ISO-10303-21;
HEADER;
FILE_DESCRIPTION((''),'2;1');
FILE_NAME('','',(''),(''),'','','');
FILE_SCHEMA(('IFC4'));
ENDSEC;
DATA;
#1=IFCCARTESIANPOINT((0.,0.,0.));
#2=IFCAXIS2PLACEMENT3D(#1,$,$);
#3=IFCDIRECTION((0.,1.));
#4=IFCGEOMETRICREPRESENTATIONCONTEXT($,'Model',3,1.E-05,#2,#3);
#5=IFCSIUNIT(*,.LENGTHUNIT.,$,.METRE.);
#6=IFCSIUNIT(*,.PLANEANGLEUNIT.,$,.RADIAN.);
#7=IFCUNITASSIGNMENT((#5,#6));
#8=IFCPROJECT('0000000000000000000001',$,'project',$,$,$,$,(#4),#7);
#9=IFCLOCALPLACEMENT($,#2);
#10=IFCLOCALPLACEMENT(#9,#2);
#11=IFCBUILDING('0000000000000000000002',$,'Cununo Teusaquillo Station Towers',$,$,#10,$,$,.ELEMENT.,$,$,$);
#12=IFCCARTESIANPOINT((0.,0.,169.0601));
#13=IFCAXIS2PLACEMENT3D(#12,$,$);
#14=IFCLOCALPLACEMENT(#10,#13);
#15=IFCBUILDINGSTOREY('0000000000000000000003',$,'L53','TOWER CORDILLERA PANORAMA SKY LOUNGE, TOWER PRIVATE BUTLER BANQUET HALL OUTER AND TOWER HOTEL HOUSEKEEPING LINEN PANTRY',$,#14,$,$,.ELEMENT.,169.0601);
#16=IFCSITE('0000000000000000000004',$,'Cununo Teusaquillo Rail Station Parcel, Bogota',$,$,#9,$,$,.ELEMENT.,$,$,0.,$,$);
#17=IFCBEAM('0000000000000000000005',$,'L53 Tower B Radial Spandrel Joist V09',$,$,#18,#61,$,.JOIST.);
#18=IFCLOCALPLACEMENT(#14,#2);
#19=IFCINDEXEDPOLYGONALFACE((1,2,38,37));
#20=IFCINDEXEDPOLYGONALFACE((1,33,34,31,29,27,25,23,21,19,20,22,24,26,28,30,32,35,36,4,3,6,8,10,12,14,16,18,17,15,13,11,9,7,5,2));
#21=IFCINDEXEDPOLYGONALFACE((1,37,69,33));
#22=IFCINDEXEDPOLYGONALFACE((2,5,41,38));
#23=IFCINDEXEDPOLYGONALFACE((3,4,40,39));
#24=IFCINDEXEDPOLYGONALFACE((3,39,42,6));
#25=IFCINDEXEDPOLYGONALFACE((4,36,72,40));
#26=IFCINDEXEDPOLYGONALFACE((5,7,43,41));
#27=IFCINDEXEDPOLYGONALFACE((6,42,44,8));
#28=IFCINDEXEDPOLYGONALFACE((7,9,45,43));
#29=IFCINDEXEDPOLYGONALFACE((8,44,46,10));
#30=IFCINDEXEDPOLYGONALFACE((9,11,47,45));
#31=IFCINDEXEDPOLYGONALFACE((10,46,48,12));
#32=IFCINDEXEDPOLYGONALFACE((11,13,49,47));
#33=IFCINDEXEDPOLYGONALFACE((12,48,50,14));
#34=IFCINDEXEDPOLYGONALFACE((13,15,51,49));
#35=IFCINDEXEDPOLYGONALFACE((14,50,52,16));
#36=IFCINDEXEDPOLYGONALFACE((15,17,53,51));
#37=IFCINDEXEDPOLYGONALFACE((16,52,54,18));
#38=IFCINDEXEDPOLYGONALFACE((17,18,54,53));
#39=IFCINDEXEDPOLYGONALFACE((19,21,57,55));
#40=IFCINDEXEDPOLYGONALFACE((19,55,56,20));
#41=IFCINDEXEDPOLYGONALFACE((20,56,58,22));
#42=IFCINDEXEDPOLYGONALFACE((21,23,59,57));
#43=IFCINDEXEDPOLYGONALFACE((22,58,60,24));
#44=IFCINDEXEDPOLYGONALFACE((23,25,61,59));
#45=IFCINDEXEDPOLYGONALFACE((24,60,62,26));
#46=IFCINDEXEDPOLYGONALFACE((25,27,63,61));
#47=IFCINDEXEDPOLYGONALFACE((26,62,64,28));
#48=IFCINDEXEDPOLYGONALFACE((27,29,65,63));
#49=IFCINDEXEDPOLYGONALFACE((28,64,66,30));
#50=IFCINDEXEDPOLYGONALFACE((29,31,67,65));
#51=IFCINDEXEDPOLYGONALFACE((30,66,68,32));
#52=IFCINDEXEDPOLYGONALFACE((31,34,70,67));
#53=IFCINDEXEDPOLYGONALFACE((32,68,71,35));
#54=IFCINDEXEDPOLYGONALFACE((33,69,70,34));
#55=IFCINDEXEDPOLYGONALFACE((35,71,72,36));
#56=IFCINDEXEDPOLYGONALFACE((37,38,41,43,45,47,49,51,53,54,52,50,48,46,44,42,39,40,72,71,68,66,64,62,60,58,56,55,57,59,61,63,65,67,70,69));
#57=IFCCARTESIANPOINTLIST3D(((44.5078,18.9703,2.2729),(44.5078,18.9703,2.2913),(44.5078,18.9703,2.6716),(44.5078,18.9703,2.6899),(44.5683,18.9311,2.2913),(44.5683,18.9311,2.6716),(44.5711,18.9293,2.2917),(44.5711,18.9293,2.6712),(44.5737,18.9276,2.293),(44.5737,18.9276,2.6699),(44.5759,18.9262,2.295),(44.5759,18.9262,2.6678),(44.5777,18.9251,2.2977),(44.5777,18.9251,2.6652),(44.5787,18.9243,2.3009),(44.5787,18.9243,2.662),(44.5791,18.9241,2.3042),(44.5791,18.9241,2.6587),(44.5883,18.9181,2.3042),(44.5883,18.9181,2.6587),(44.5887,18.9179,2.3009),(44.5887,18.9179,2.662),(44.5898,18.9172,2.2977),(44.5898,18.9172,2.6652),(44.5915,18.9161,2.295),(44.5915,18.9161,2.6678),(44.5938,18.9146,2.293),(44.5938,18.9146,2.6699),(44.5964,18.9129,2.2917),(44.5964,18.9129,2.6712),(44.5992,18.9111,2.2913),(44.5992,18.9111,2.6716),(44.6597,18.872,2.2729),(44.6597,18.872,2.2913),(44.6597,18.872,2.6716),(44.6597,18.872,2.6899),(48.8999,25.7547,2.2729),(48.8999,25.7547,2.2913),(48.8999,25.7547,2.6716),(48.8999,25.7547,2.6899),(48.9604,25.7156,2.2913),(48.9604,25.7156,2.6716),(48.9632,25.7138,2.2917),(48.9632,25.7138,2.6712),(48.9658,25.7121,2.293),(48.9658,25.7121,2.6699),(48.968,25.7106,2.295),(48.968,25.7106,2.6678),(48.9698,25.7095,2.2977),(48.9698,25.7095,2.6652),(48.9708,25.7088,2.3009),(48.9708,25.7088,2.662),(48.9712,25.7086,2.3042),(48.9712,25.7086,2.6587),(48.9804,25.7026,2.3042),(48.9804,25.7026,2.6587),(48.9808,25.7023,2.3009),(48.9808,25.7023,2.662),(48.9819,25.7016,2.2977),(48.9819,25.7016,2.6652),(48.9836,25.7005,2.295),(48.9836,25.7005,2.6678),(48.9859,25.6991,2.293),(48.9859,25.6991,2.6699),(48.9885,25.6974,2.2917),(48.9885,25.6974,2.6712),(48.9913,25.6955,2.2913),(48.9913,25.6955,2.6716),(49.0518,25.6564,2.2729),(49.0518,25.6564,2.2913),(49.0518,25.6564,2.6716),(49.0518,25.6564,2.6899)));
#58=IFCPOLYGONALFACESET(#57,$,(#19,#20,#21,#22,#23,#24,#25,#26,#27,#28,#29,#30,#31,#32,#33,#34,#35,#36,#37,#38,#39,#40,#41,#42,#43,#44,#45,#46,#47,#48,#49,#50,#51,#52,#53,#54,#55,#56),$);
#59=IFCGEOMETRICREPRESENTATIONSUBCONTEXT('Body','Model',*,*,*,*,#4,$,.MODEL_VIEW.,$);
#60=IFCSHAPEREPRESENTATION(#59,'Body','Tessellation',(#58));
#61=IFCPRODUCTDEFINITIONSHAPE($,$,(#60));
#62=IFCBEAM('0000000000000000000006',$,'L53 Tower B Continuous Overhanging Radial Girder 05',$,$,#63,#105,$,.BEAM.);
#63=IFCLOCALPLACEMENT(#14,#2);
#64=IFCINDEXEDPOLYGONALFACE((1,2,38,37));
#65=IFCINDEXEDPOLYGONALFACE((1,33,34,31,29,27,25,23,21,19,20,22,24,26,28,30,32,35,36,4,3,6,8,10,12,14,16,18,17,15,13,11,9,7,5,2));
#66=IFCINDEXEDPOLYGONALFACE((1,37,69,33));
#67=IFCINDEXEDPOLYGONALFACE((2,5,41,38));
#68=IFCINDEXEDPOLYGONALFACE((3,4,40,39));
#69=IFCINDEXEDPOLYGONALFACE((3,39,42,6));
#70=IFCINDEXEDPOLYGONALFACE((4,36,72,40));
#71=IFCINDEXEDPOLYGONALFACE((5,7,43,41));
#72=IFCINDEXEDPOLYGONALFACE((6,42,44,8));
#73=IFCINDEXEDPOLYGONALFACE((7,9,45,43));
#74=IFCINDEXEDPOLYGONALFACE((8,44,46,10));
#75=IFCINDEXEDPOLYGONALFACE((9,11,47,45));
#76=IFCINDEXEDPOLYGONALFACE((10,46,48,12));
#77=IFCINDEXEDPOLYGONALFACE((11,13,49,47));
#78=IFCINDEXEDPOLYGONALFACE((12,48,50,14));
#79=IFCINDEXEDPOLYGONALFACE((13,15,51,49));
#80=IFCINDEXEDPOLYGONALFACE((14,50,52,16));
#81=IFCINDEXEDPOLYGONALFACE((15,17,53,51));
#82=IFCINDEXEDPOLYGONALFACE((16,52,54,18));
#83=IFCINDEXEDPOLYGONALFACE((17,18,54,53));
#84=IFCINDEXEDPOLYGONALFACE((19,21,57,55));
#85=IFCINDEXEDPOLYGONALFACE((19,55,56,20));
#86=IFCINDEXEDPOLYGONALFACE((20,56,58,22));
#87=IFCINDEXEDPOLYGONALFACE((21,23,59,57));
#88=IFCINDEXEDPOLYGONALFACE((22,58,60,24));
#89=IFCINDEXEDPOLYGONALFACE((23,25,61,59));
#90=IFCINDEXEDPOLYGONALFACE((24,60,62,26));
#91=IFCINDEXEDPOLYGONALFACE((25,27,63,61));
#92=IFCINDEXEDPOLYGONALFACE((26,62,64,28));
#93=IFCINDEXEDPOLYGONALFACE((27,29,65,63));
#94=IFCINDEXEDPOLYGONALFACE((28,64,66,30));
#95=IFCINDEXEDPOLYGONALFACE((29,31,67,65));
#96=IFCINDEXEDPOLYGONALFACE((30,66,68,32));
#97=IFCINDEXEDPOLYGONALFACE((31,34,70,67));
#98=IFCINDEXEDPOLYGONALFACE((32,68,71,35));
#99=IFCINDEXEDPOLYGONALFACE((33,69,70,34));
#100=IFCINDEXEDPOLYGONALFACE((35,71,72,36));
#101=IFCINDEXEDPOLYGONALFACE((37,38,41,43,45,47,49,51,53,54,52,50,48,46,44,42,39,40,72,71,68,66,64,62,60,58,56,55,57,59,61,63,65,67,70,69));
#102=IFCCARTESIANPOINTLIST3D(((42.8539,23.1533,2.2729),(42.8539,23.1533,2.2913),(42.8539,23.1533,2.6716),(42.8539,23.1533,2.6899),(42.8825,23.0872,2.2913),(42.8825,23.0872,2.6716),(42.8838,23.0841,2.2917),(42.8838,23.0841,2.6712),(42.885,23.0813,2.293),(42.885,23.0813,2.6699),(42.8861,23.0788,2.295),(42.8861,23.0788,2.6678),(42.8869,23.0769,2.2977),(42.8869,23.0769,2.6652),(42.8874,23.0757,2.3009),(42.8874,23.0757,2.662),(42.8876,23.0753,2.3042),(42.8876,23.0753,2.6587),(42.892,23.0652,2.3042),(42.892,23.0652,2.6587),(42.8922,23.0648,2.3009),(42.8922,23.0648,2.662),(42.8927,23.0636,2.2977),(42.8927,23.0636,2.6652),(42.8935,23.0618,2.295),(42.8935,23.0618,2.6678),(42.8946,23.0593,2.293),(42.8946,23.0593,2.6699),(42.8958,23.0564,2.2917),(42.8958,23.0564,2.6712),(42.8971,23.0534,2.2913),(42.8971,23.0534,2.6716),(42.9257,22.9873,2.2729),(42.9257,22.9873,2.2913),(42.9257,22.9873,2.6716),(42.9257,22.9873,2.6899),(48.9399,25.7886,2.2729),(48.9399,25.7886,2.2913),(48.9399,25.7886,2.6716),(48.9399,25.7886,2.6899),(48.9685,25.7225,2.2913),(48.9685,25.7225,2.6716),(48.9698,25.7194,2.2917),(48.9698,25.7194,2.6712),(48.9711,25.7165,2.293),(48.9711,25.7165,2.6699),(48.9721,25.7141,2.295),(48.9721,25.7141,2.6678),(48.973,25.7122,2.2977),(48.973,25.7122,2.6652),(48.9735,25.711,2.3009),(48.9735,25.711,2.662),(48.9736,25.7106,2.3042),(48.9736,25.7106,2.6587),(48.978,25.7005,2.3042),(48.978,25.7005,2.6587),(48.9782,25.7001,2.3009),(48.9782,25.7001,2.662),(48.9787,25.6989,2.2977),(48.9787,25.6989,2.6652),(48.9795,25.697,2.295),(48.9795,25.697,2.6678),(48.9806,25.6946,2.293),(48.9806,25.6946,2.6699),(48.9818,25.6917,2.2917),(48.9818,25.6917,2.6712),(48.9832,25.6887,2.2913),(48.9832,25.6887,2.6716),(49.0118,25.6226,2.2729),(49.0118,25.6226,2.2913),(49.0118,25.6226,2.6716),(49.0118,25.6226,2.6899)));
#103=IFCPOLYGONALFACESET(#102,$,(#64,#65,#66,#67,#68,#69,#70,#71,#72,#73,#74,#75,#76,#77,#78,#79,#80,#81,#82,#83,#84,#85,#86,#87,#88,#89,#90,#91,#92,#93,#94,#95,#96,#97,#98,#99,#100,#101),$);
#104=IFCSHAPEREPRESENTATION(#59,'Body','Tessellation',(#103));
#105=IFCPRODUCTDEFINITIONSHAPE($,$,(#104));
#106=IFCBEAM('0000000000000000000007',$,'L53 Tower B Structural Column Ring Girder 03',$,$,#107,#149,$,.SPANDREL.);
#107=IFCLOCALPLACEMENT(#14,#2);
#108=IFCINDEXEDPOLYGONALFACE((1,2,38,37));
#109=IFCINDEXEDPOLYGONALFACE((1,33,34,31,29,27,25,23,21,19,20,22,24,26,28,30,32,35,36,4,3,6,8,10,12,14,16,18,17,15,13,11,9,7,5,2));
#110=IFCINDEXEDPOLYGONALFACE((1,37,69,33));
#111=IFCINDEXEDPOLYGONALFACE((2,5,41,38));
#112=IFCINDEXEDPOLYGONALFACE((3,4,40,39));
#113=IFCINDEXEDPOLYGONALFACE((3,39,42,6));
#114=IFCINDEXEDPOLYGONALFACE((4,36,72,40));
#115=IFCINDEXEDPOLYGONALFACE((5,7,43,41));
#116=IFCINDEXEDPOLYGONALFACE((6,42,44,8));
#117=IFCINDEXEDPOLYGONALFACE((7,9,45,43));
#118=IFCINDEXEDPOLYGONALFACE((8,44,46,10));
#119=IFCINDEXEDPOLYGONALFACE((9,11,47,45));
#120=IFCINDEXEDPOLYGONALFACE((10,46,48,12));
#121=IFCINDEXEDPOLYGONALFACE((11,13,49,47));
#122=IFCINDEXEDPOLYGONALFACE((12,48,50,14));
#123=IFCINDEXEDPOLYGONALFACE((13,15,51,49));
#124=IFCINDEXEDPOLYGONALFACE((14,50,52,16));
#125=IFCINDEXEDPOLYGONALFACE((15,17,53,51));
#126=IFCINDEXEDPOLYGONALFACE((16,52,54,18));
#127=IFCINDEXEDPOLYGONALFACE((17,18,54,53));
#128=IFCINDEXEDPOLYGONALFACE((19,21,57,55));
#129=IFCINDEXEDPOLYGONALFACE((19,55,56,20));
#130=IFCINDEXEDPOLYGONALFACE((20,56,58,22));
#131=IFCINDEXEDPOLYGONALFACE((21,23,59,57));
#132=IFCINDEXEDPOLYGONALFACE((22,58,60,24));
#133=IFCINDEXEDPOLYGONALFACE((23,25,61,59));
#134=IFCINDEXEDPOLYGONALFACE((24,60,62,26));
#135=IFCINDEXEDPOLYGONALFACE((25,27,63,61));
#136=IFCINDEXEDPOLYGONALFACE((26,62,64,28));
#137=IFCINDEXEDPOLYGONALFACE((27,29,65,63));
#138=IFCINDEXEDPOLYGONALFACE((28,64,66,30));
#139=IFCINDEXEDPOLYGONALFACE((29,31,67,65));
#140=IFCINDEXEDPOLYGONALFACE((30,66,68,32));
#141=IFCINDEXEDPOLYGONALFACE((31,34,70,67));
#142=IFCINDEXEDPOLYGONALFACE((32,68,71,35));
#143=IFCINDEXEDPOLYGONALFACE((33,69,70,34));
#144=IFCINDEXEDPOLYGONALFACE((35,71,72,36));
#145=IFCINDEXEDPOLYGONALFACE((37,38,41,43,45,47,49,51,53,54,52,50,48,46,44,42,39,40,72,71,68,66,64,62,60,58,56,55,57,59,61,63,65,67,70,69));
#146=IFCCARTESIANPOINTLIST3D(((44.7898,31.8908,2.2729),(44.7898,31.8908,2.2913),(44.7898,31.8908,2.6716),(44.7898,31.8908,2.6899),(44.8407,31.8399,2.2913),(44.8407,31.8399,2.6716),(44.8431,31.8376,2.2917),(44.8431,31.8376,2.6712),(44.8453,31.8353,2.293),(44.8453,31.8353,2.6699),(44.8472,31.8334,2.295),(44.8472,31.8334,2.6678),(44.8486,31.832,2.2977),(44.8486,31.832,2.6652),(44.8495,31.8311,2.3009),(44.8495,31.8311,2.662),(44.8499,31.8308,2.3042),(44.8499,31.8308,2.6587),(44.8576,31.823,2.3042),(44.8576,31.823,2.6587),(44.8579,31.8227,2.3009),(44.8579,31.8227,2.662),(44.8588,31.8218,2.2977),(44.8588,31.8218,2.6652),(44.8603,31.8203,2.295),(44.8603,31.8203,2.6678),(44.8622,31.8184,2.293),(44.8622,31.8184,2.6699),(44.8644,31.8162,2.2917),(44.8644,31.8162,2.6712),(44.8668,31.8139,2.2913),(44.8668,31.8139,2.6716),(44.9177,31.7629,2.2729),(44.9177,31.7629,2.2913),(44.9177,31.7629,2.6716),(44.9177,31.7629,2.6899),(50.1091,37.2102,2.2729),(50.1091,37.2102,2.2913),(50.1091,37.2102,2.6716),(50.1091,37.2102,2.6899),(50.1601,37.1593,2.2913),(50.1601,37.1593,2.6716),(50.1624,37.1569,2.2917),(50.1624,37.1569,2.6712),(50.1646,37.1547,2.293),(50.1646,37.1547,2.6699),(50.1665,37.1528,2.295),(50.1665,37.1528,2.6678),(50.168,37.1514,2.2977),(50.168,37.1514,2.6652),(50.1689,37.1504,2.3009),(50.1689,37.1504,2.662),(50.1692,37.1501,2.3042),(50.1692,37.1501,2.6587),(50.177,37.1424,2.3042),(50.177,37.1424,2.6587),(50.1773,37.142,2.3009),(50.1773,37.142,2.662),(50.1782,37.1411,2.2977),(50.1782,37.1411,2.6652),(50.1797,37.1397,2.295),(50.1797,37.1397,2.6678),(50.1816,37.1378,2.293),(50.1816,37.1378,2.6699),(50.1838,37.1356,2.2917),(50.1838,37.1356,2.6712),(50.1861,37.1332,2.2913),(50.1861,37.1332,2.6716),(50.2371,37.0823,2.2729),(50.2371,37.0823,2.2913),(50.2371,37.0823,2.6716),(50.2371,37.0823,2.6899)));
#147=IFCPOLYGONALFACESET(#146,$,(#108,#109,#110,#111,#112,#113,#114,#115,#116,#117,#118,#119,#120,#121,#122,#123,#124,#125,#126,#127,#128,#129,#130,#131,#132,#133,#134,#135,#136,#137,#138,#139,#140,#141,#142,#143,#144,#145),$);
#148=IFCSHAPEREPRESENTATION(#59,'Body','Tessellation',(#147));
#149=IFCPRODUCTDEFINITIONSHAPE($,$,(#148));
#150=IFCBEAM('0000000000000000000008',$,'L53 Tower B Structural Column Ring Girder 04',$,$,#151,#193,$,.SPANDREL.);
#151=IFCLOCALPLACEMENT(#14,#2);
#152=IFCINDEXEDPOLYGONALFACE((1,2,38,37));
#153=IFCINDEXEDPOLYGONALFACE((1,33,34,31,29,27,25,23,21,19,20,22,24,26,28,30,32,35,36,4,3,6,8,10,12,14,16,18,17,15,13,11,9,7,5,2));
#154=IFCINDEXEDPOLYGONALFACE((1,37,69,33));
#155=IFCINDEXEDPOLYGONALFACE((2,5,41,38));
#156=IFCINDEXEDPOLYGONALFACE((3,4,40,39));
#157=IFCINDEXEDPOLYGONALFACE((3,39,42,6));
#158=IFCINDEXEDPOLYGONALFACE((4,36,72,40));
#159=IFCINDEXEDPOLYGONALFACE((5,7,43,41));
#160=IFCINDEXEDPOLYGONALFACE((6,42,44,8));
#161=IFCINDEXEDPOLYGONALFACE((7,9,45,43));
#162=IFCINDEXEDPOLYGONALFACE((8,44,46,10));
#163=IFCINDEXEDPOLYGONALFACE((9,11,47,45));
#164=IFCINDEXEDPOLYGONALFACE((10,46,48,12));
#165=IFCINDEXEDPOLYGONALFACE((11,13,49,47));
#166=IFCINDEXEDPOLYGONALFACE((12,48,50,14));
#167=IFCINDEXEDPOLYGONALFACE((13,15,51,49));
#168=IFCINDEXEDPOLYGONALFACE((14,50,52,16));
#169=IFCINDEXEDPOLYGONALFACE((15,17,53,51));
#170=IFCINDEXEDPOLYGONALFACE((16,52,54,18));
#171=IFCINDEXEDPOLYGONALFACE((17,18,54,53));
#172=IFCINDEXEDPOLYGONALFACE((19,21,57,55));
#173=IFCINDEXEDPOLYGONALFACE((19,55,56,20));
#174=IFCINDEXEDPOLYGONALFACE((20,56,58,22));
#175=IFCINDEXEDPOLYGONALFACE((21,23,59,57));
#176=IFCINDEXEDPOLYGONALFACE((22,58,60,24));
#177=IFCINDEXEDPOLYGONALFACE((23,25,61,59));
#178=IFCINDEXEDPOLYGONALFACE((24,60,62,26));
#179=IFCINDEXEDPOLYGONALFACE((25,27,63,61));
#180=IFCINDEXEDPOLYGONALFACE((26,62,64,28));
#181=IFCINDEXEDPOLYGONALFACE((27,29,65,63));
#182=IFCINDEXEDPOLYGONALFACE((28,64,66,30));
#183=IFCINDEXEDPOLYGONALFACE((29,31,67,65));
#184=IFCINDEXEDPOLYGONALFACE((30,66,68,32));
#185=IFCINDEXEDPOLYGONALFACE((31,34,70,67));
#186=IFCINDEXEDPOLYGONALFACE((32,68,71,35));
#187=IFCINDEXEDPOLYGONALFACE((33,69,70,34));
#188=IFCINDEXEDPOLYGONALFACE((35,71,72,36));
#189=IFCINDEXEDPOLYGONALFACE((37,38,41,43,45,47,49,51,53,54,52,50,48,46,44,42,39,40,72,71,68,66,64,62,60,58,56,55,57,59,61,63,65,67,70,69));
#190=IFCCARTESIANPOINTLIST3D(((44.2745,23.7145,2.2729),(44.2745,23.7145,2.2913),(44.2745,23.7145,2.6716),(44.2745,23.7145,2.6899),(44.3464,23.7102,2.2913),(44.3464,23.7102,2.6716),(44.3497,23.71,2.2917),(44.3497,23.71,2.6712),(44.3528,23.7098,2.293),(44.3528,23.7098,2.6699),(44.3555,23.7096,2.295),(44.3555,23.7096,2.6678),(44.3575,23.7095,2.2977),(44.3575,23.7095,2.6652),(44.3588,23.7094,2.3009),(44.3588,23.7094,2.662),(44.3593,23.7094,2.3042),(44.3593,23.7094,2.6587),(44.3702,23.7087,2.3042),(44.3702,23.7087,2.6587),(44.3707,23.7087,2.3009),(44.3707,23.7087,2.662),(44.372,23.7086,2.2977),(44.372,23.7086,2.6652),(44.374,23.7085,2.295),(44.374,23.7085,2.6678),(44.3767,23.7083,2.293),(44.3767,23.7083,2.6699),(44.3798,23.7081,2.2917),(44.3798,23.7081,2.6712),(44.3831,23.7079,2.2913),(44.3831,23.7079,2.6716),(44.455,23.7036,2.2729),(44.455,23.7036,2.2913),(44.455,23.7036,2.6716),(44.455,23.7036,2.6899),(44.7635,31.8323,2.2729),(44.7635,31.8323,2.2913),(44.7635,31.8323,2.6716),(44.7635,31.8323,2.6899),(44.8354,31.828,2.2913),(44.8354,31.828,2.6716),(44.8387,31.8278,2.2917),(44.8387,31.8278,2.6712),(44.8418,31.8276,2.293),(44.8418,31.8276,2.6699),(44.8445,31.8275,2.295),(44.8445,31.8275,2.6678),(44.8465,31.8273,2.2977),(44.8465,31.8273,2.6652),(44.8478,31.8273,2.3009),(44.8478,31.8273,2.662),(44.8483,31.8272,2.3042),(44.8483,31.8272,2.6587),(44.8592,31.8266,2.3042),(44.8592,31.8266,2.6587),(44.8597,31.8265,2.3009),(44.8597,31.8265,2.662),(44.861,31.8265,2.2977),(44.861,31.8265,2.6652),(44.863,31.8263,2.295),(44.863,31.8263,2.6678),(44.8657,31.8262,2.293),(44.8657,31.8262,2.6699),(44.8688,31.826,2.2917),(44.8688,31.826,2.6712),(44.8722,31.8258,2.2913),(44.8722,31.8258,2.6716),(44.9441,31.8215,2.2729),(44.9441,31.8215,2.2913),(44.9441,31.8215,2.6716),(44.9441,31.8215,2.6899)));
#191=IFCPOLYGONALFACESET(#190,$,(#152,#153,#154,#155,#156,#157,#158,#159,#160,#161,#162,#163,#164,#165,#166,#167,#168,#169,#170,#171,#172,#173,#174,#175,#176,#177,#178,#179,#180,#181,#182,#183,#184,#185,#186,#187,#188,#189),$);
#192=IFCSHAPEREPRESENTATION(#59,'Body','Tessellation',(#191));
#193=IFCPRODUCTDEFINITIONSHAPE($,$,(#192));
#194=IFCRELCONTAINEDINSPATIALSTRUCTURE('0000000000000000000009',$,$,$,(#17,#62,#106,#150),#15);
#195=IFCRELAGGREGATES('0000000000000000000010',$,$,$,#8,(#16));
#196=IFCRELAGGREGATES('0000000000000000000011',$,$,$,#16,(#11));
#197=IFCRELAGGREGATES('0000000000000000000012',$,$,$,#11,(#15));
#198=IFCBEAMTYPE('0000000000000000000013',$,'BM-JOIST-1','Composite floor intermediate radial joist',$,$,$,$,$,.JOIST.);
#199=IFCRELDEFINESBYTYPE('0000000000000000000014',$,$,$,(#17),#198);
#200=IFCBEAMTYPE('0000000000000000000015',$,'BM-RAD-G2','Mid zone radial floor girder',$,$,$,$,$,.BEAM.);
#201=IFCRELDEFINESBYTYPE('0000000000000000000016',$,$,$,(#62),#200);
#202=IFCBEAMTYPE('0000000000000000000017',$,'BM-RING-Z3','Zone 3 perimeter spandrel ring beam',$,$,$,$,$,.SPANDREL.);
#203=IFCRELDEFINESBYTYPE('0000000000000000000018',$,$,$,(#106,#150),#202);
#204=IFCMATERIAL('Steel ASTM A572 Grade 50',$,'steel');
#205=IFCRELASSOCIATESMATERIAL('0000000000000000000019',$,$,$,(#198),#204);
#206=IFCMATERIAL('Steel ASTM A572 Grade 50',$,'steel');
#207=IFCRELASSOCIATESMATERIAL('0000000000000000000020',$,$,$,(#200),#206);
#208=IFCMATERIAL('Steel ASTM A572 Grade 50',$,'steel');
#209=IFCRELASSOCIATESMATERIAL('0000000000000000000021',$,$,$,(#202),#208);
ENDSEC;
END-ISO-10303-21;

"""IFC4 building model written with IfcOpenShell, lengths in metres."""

from ifc_helpers import new_model, si_unit, direction, frame, origin, origin_2d, place, context, subcontext, project, spatial, i_section, extrude, material, material_profile, profile_set, type_object, element, save


model = new_model("IFC4")

# Units and contexts
model_context = context("Model", 3, precision=1e-05, world=origin(), true_north=direction((0.0, 1.0)))
body_context = subcontext(model_context, "Body", "Model", "MODEL_VIEW")
ifc_project = project(units=[si_unit("LENGTHUNIT", "METRE"), si_unit("PLANEANGLEUNIT", "RADIAN")], contexts=[model_context])

# Site, building, storey
site_placement = place(None, origin())
site = spatial("IfcSite", under=ifc_project, at=site_placement, Name="Cununo Teusaquillo Rail Station Parcel, Bogota", CompositionType="ELEMENT", RefElevation=0.0)
building_placement = place(site_placement, origin())
building = spatial("IfcBuilding", under=site, at=building_placement, Name="Cununo Teusaquillo Station Towers", CompositionType="ELEMENT")
storey_placement = place(building_placement, frame((0.0, 0.0, 169.0601)))
storey = spatial("IfcBuildingStorey", under=building, at=storey_placement, Name="L53", Description="TOWER CORDILLERA PANORAMA SKY LOUNGE, TOWER PRIVATE BUTLER BANQUET HALL OUTER AND TOWER HOTEL HOUSEKEEPING LINEN PANTRY", CompositionType="ELEMENT", Elevation=169.0601)

# Beams
ifc_material_1 = material(Name="Steel ASTM A572 Grade 50", Category="steel")
ifc_material_profile_1 = material_profile(ifc_material_1, i_section(OverallWidth=0.1809, OverallDepth=0.417, WebThickness=0.011, FlangeThickness=0.0183, FilletRadius=0.0129, at=origin_2d()), Name="W16X57")
ifc_profile_set_1 = profile_set([ifc_material_profile_1], Name="Steel ASTM A572 Grade 50")
beam_type_1 = type_object("IfcBeamType", Name="BM-JOIST-1", Description="Composite floor intermediate radial joist", PredefinedType="JOIST", material=ifc_profile_set_1)
beam_1_placement = place(storey_placement, frame((48.9758, 25.7056, 2.4814), z_axis=(-0.54344, -0.839448, 0.0), x_axis=(0.839448, -0.54344, 0.0)))
element("IfcBeam", 1, at=beam_1_placement, inside=storey, type_object=beam_type_1, Name="L53 Tower B Radial Spandrel Joist V09", PredefinedType="JOIST", context=body_context, shape_type="SweptSolid", body=[
    extrude(i_section(OverallWidth=0.1809, OverallDepth=0.417, WebThickness=0.011, FlangeThickness=0.0183, FilletRadius=0.0129, at=origin_2d()), origin(), (0.0, 0.0, 1.0), 8.082),
])
ifc_material_2 = material(Name="Steel ASTM A572 Grade 50", Category="steel")
ifc_material_profile_2 = material_profile(ifc_material_2, i_section(OverallWidth=0.1809, OverallDepth=0.417, WebThickness=0.011, FlangeThickness=0.0183, FilletRadius=0.0129, at=origin_2d()), Name="W16X57")
ifc_profile_set_2 = profile_set([ifc_material_profile_2], Name="Steel ASTM A572 Grade 50")
beam_type_2 = type_object("IfcBeamType", Name="BM-RAD-G2", Description="Mid zone radial floor girder", PredefinedType="BEAM", material=ifc_profile_set_2)
beam_2_placement = place(storey_placement, frame((48.9758, 25.7056, 2.4814), z_axis=(-0.917665, -0.397355, 0.0), x_axis=(0.397355, -0.917665, 0.0)))
element("IfcBeam", 2, at=beam_2_placement, inside=storey, type_object=beam_type_2, Name="L53 Tower B Continuous Overhanging Radial Girder 05", PredefinedType="BEAM", context=body_context, shape_type="SweptSolid", body=[
    extrude(i_section(OverallWidth=0.1809, OverallDepth=0.417, WebThickness=0.011, FlangeThickness=0.0183, FilletRadius=0.0129, at=origin_2d()), origin(), (0.0, 0.0, 1.0), 6.6321),
])
ifc_material_3 = material(Name="Steel ASTM A572 Grade 50", Category="steel")
ifc_material_profile_3 = material_profile(ifc_material_3, i_section(OverallWidth=0.1809, OverallDepth=0.417, WebThickness=0.011, FlangeThickness=0.0183, FilletRadius=0.0129, at=origin_2d()), Name="W16X57")
ifc_profile_set_3 = profile_set([ifc_material_profile_3], Name="Steel ASTM A572 Grade 50")
beam_type_3 = type_object("IfcBeamType", Name="BM-RING-Z3", Description="Zone 3 perimeter spandrel ring beam", PredefinedType="SPANDREL", material=ifc_profile_set_3)
beam_3_placement = place(storey_placement, frame((50.1731, 37.1462, 2.4814), z_axis=(-0.707107, -0.707107, 0.0), x_axis=(0.707107, -0.707107, 0.0)))
element("IfcBeam", 3, at=beam_3_placement, inside=storey, type_object=beam_type_3, Name="L53 Tower B Structural Column Ring Girder 03", PredefinedType="SPANDREL", context=body_context, shape_type="SweptSolid", body=[
    extrude(i_section(OverallWidth=0.1809, OverallDepth=0.417, WebThickness=0.011, FlangeThickness=0.0183, FilletRadius=0.0129, at=origin_2d()), origin(), (0.0, 0.0, 1.0), 7.5227),
])
beam_4_placement = place(storey_placement, frame((44.8538, 31.8269, 2.4814), z_axis=(-0.06013, -0.998191, 0.0), x_axis=(0.998191, -0.06013, 0.0)))
element("IfcBeam", 4, at=beam_4_placement, inside=storey, type_object=beam_type_3, Name="L53 Tower B Structural Column Ring Girder 04", PredefinedType="SPANDREL", context=body_context, shape_type="SweptSolid", body=[
    extrude(i_section(OverallWidth=0.1809, OverallDepth=0.417, WebThickness=0.011, FlangeThickness=0.0183, FilletRadius=0.0129, at=origin_2d()), origin(), (0.0, 0.0, 1.0), 8.1326),
])

save(model, "model.ifc")
